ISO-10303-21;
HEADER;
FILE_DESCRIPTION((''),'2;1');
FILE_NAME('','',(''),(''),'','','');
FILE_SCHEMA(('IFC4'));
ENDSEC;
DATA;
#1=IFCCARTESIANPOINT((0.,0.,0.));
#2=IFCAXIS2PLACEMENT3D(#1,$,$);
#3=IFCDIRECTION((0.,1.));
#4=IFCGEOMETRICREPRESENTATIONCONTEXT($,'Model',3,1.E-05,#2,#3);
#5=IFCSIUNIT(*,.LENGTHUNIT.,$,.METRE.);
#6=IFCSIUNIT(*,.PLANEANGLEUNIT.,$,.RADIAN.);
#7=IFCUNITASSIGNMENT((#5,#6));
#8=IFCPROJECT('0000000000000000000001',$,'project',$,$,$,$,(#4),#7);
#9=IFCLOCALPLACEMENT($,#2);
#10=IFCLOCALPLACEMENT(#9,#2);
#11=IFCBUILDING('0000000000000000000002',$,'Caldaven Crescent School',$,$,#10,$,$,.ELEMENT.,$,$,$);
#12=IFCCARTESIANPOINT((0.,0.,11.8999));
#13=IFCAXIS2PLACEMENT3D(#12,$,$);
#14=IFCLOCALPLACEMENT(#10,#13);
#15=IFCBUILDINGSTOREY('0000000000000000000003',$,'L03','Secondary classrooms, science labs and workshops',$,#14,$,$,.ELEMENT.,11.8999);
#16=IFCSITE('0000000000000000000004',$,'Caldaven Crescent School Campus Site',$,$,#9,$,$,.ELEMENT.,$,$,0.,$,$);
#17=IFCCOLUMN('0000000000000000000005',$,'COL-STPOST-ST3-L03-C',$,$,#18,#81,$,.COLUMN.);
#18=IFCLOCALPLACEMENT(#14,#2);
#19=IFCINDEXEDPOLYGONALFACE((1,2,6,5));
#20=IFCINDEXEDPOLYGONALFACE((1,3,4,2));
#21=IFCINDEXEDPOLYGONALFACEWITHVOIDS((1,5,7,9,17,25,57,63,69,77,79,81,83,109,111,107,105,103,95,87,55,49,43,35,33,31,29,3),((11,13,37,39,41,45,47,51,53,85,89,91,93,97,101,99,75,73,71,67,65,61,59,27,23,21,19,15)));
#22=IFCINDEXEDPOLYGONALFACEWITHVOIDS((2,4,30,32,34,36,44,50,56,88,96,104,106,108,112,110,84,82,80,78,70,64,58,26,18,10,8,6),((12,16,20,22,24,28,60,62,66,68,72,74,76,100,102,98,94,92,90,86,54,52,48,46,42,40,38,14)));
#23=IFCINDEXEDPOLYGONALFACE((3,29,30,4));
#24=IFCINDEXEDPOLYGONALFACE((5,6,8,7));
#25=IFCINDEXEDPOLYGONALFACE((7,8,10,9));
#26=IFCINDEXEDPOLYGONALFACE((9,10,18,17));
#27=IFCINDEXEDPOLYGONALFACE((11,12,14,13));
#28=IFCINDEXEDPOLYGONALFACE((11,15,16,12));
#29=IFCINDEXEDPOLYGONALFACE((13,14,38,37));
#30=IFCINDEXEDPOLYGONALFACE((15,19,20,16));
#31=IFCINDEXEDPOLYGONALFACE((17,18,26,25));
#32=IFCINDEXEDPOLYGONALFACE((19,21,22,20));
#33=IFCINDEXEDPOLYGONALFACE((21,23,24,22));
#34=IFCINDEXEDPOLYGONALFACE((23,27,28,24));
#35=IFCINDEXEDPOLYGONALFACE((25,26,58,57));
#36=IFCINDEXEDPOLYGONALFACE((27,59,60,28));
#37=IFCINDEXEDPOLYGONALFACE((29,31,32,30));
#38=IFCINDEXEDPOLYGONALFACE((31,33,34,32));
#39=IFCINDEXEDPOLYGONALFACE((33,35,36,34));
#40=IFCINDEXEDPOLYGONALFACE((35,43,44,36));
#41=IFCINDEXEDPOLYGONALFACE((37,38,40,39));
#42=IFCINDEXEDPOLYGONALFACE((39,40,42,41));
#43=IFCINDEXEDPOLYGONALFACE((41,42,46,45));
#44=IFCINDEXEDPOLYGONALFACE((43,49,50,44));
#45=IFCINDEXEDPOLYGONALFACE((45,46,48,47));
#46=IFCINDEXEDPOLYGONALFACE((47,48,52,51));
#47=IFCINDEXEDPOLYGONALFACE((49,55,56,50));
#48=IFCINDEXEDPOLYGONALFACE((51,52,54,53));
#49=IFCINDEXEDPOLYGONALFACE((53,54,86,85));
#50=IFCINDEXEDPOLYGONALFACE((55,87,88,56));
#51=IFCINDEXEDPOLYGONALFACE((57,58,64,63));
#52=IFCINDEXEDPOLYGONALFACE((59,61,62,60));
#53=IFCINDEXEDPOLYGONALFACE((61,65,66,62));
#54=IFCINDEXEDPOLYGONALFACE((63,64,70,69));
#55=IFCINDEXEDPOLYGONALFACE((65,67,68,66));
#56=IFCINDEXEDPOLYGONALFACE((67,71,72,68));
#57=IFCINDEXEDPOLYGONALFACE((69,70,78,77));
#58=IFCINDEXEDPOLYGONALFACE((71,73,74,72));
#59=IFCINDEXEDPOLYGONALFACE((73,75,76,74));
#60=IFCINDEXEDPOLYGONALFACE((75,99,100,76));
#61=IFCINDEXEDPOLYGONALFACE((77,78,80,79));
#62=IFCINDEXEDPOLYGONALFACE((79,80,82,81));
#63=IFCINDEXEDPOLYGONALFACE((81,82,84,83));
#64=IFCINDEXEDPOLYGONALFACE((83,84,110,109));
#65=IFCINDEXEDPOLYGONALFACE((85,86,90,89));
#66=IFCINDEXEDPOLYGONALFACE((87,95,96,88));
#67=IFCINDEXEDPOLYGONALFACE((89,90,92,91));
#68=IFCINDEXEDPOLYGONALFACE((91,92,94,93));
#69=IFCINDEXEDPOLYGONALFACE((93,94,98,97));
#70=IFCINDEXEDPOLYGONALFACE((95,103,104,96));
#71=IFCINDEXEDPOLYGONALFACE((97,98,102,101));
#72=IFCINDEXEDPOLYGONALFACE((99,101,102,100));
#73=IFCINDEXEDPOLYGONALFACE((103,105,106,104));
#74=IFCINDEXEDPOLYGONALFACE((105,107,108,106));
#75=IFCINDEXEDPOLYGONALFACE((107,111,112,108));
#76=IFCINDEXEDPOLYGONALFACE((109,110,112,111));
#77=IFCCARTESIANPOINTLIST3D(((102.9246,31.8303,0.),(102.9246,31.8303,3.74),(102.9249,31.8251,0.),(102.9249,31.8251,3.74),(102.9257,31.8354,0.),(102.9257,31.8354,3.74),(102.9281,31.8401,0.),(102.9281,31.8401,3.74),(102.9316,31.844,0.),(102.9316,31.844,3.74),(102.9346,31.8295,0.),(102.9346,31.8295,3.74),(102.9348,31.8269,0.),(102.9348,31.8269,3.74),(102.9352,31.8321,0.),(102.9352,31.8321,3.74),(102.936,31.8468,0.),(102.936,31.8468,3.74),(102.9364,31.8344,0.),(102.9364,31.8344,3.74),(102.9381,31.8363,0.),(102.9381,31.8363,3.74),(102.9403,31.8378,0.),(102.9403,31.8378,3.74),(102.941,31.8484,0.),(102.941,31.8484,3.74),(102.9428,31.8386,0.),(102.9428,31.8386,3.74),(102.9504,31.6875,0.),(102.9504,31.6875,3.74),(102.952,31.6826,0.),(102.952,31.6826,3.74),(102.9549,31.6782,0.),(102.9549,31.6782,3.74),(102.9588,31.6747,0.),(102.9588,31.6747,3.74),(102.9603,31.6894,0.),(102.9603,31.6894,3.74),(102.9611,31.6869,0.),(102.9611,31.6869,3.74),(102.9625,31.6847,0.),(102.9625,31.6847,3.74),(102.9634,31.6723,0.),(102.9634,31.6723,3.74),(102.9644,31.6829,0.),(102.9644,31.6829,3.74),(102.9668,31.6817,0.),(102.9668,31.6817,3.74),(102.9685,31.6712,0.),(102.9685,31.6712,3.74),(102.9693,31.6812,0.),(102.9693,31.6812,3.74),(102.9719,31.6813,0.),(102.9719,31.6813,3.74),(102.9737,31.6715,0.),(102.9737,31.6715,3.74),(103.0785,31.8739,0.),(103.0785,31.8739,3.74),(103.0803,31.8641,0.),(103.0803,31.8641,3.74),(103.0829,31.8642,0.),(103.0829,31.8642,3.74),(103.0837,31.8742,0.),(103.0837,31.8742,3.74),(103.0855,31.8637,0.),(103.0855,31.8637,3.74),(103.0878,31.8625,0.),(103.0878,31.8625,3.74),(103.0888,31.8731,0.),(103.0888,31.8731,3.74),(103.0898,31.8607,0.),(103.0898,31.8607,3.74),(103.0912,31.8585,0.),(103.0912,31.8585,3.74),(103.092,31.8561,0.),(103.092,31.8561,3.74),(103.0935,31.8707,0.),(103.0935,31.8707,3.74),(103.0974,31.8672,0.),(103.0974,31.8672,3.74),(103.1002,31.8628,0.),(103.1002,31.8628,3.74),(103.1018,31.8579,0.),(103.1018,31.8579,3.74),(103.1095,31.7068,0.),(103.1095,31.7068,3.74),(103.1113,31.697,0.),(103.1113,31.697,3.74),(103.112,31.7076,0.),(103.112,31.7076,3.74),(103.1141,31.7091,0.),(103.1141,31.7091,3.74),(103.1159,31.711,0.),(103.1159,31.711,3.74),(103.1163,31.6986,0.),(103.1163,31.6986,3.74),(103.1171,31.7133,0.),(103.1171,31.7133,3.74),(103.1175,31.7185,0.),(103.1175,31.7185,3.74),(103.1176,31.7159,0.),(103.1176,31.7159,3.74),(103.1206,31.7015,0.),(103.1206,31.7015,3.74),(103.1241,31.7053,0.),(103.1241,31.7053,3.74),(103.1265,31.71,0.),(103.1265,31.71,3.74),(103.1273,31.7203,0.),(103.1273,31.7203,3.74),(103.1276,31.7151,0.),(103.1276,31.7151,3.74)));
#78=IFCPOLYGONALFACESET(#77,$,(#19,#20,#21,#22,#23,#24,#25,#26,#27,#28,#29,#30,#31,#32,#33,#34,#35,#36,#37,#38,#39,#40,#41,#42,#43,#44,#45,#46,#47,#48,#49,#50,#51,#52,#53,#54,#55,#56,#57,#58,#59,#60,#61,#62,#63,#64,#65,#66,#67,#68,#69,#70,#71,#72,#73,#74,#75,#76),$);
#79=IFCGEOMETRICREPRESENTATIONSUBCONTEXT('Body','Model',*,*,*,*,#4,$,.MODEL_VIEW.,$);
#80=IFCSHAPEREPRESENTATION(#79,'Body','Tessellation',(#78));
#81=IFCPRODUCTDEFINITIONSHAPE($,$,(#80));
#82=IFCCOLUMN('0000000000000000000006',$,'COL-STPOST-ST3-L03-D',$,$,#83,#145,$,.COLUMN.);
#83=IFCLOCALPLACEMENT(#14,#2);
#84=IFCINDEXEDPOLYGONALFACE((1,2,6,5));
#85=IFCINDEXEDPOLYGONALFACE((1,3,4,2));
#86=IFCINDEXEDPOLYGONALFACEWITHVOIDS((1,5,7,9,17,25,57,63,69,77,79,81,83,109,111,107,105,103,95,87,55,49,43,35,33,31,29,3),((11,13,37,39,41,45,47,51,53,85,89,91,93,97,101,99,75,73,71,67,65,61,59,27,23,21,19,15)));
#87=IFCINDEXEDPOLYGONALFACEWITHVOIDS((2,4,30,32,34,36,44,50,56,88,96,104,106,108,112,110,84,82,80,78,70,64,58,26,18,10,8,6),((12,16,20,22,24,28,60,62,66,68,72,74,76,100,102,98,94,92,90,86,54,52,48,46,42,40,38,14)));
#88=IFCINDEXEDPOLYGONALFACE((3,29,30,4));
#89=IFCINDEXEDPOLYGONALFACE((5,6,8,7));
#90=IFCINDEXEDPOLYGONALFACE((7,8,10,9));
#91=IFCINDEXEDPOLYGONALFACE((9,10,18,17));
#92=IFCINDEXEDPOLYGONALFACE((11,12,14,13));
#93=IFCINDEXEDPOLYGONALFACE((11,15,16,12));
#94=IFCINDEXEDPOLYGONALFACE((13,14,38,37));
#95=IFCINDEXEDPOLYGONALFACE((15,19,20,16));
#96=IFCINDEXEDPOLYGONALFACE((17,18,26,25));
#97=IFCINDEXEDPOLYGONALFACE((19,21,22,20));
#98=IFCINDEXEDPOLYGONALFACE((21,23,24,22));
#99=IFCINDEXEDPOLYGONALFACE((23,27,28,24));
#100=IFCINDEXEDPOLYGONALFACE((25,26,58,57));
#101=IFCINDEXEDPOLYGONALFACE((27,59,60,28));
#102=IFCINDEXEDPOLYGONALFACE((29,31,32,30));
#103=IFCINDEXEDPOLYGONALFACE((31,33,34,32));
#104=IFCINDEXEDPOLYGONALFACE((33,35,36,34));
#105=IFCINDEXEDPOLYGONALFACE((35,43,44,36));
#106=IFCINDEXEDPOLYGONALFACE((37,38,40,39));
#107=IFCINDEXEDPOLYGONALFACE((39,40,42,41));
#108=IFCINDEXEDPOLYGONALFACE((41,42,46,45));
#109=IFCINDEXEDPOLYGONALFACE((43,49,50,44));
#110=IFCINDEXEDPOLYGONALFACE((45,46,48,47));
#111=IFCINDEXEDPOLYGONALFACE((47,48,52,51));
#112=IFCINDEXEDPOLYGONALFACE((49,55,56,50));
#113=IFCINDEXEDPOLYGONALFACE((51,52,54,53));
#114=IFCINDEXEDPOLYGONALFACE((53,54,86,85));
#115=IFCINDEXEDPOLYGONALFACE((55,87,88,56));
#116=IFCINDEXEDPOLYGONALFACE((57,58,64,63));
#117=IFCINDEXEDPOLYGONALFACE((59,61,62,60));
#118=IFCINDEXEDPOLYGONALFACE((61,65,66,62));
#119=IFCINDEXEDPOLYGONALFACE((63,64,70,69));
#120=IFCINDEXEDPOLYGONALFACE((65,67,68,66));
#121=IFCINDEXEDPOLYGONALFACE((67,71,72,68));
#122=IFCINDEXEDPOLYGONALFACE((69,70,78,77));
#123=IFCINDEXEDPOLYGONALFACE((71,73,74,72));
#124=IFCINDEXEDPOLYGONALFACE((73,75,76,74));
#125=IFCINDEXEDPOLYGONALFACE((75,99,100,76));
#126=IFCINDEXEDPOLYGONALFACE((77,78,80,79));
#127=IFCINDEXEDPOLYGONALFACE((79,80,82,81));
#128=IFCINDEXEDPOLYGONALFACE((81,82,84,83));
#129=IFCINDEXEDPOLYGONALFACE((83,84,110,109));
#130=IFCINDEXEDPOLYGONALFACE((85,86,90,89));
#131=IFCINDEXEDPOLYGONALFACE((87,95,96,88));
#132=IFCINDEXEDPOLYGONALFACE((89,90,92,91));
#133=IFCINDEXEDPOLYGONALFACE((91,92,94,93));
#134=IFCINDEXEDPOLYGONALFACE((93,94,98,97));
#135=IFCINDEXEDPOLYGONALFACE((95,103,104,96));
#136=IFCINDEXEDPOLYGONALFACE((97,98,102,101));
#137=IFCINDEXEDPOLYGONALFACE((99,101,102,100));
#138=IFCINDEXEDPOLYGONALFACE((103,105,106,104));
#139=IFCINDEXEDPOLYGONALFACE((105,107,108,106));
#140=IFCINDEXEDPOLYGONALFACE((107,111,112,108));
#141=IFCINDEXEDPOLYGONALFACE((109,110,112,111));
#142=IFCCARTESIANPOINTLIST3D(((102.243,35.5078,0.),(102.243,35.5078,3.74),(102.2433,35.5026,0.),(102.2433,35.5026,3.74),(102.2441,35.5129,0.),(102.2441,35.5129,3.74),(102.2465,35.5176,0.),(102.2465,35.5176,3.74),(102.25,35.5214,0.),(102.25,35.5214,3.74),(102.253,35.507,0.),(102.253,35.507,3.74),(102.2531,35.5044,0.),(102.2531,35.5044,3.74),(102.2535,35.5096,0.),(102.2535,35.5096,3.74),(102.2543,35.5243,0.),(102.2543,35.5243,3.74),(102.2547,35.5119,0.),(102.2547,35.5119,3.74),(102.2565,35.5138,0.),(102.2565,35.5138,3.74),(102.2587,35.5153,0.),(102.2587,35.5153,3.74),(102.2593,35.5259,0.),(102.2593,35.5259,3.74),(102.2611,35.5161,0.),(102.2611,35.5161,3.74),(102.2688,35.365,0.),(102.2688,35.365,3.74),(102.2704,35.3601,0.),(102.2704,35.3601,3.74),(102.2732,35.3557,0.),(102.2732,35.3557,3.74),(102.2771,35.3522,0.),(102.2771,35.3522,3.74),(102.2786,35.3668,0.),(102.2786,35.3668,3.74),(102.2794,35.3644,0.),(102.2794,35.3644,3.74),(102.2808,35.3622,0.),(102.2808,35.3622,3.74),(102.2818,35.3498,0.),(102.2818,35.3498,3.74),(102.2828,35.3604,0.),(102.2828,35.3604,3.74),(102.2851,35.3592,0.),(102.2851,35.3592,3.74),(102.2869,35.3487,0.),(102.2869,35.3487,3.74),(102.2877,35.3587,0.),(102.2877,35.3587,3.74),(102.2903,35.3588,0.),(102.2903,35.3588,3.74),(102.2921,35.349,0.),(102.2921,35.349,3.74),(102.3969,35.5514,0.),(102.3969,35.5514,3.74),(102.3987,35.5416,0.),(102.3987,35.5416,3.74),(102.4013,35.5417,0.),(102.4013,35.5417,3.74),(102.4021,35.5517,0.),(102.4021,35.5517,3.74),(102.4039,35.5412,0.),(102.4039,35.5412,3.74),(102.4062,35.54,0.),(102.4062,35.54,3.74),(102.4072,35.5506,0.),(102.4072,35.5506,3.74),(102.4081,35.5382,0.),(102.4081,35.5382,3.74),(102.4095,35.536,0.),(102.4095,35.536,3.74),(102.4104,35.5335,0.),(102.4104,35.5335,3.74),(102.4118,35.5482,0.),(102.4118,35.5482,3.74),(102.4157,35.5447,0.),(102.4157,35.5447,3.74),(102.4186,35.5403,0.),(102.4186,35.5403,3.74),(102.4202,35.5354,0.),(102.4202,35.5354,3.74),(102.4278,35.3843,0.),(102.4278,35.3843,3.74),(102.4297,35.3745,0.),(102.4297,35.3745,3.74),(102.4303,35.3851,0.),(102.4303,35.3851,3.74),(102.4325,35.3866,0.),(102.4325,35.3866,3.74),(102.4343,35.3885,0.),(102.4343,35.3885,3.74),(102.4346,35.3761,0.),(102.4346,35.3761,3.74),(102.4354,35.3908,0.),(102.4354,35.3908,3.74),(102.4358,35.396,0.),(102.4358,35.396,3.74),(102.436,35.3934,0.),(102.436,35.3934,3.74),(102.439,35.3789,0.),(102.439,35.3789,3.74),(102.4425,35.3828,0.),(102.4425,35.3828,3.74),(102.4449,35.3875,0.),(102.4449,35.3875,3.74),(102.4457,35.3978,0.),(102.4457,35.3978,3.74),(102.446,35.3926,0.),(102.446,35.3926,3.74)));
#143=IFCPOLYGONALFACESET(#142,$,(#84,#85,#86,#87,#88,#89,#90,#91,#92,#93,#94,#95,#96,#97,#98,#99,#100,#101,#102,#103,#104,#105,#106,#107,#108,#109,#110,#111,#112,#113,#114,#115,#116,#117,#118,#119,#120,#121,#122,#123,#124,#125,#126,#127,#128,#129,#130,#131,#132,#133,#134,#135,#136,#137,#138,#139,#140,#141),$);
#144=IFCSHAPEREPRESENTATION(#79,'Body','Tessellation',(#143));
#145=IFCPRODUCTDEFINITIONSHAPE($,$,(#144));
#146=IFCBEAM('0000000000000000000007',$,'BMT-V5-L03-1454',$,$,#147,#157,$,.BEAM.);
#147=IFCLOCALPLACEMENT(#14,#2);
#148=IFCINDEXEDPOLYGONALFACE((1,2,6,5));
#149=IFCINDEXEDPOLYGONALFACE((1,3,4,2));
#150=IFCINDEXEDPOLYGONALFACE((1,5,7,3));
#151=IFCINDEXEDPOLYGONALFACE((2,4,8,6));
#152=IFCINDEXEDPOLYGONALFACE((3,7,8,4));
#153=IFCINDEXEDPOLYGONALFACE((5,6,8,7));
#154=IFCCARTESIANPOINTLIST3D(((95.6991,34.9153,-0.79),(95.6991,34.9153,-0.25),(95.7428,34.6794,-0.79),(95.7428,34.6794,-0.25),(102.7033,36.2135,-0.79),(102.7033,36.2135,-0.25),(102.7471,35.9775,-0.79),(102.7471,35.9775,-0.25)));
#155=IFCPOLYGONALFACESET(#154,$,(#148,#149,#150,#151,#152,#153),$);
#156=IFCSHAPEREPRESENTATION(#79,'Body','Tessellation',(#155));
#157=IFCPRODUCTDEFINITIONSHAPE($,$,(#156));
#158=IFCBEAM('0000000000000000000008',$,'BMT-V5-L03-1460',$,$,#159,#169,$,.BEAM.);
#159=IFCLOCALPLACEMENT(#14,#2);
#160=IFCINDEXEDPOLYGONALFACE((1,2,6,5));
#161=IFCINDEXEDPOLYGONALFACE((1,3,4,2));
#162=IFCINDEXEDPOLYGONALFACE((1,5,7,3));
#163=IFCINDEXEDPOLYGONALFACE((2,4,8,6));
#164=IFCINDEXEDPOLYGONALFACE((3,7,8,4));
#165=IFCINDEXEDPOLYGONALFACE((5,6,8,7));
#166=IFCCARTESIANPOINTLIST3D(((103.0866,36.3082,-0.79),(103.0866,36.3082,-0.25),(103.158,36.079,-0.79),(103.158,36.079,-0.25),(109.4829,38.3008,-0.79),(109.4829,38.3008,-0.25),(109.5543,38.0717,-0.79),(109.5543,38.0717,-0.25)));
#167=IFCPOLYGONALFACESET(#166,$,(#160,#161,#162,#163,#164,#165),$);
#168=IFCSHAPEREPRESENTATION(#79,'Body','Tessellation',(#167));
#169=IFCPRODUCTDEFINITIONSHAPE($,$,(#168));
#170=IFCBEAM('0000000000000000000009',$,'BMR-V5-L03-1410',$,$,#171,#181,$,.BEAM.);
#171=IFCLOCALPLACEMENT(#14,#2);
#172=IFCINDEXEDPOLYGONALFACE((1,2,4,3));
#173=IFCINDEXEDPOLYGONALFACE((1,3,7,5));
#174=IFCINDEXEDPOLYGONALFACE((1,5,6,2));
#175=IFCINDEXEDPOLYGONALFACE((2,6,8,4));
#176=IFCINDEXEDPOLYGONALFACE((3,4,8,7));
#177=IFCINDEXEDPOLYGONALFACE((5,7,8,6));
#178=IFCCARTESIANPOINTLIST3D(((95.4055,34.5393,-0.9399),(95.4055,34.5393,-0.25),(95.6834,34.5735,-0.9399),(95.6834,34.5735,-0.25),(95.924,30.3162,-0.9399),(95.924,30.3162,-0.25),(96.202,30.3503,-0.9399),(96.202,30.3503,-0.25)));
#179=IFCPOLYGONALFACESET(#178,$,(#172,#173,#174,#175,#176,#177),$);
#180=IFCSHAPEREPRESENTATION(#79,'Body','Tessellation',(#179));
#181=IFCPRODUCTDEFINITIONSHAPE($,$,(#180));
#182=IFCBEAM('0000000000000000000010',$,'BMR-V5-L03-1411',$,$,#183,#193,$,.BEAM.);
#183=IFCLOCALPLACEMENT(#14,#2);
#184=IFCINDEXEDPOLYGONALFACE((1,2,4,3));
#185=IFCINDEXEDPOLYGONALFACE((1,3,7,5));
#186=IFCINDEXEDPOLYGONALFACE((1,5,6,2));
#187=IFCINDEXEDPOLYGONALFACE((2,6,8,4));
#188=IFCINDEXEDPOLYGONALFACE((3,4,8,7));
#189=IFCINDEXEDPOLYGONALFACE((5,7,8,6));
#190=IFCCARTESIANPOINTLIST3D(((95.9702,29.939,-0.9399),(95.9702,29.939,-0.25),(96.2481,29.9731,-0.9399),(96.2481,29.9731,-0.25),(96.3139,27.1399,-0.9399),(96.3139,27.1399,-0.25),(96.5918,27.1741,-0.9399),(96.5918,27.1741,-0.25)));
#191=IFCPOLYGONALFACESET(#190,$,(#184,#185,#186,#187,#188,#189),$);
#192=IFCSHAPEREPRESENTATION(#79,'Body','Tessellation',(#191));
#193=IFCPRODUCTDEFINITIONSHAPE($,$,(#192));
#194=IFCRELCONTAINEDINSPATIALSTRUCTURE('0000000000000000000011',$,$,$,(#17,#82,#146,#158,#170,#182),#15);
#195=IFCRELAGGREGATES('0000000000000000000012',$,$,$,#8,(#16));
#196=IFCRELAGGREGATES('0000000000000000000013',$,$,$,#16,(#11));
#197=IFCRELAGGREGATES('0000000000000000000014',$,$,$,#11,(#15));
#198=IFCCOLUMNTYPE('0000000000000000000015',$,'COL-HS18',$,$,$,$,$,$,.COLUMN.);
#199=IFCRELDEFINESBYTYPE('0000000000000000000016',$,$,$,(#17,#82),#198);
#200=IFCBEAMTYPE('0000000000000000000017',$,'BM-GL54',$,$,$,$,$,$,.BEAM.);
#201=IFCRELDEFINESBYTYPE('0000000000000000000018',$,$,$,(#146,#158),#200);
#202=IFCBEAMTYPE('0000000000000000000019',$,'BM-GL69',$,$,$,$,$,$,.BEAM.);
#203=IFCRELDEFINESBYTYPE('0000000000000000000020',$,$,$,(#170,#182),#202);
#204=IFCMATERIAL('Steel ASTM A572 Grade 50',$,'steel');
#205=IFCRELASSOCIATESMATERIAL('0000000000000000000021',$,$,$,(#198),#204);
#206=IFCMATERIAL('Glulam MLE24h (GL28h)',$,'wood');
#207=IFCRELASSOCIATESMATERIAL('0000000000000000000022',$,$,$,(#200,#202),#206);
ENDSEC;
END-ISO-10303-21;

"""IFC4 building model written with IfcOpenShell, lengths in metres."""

from ifc_helpers import new_model, si_unit, direction, frame, origin, origin_2d, place, context, subcontext, project, spatial, rectangle, hollow_rectangle, extrude, material, material_profile, profile_set, type_object, element, save


model = new_model("IFC4")

# Units and contexts
model_context = context("Model", 3, precision=1e-05, world=origin(), true_north=direction((0.0, 1.0)))
body_context = subcontext(model_context, "Body", "Model", "MODEL_VIEW")
ifc_project = project(units=[si_unit("LENGTHUNIT", "METRE"), si_unit("PLANEANGLEUNIT", "RADIAN")], contexts=[model_context])

# Site, building, storey
site_placement = place(None, origin())
site = spatial("IfcSite", under=ifc_project, at=site_placement, Name="Caldaven Crescent School Campus Site", CompositionType="ELEMENT", RefElevation=0.0)
building_placement = place(site_placement, origin())
building = spatial("IfcBuilding", under=site, at=building_placement, Name="Caldaven Crescent School", CompositionType="ELEMENT")
storey_placement = place(building_placement, frame((0.0, 0.0, 11.8999)))
storey = spatial("IfcBuildingStorey", under=building, at=storey_placement, Name="L03", Description="Secondary classrooms, science labs and workshops", CompositionType="ELEMENT", Elevation=11.8999)

# Columns
ifc_material_1 = material(Name="Glulam MLE24h (GL28h)", Category="wood")
ifc_material_2 = material(Name="Steel ASTM A572 Grade 50", Category="steel")
ifc_material_profile_1 = material_profile(ifc_material_2, hollow_rectangle(XDim=0.1799, YDim=0.1799, WallThickness=0.01, InnerFilletRadius=0.01, OuterFilletRadius=0.02, at=origin_2d()), Name="HSS 180x180x10")
ifc_profile_set_1 = profile_set([ifc_material_profile_1], Name="Steel ASTM A572 Grade 50")
column_type_1 = type_object("IfcColumnType", Name="COL-HS18", PredefinedType="COLUMN", material=ifc_profile_set_1)
for number, where, z_axis, x_axis, name in (
    (1, (103.0261, 31.7727, 0.0), (0.0, 0.0, 1.0), (0.983255, 0.182236, 0.0), "COL-STPOST-ST3-L03-C"),
    (2, (102.3445, 35.4502, 0.0), (0.0, 0.0, 1.0), (0.983255, 0.182236, 0.0), "COL-STPOST-ST3-L03-D"),
):
    element("IfcColumn", number, at=place(storey_placement, frame(where, z_axis=z_axis, x_axis=x_axis)), inside=storey, type_object=column_type_1, Name=name, PredefinedType="COLUMN", context=body_context, shape_type="SweptSolid", body=[
        extrude(hollow_rectangle(XDim=0.1799, YDim=0.1799, WallThickness=0.01, InnerFilletRadius=0.01, OuterFilletRadius=0.02, at=origin_2d()), origin(), (0.0, 0.0, 1.0), 3.74),
    ])

# Beams
ifc_material_profile_2 = material_profile(ifc_material_1, rectangle(XDim=0.24, YDim=0.54, at=origin_2d()), Name="MLE 240x540")
ifc_profile_set_2 = profile_set([ifc_material_profile_2], Name="Glulam MLE24h (GL28h)")
beam_type_1 = type_object("IfcBeamType", Name="BM-GL54", PredefinedType="BEAM", material=ifc_profile_set_2)
beam_1_placement = place(storey_placement, frame((95.7209, 34.7974, -0.52), z_axis=(0.983256, 0.182229, 0.0), x_axis=(-0.182229, 0.983256, 0.0)))
element("IfcBeam", 3, at=beam_1_placement, inside=storey, type_object=beam_type_1, Name="BMT-V5-L03-1454", PredefinedType="BEAM", context=body_context, shape_type="SweptSolid", body=[
    extrude(rectangle(XDim=0.24, YDim=0.54, at=origin_2d()), origin(), (0.0, 0.0, 1.0), 7.1235),
])
beam_2_placement = place(storey_placement, frame((103.1223, 36.1936, -0.52), z_axis=(0.954741, 0.297439, 0.0), x_axis=(-0.297439, 0.954741, 0.0)))
element("IfcBeam", 4, at=beam_2_placement, inside=storey, type_object=beam_type_1, Name="BMT-V5-L03-1460", PredefinedType="BEAM", context=body_context, shape_type="SweptSolid", body=[
    extrude(rectangle(XDim=0.24, YDim=0.54, at=origin_2d()), origin(), (0.0, 0.0, 1.0), 6.6995),
])
ifc_material_profile_3 = material_profile(ifc_material_1, rectangle(XDim=0.28, YDim=0.6899, at=origin_2d()), Name="MLE 280x690")
ifc_profile_set_3 = profile_set([ifc_material_profile_3], Name="Glulam MLE24h (GL28h)")
beam_type_2 = type_object("IfcBeamType", Name="BM-GL69", PredefinedType="BEAM", material=ifc_profile_set_3)
beam_3_placement = place(storey_placement, frame((95.5444, 34.5564, -0.595), z_axis=(0.121873, -0.992546, 0.0), x_axis=(0.992546, 0.121873, 0.0)))
element("IfcBeam", 5, at=beam_3_placement, inside=storey, type_object=beam_type_2, Name="BMR-V5-L03-1410", PredefinedType="BEAM", context=body_context, shape_type="SweptSolid", body=[
    extrude(rectangle(XDim=0.28, YDim=0.6899, at=origin_2d()), origin(), (0.0, 0.0, 1.0), 4.2549),
])
beam_4_placement = place(storey_placement, frame((96.1091, 29.9561, -0.595), z_axis=(0.121893, -0.992543, 0.0), x_axis=(0.992543, 0.121893, 0.0)))
element("IfcBeam", 6, at=beam_4_placement, inside=storey, type_object=beam_type_2, Name="BMR-V5-L03-1411", PredefinedType="BEAM", context=body_context, shape_type="SweptSolid", body=[
    extrude(rectangle(XDim=0.28, YDim=0.6899, at=origin_2d()), origin(), (0.0, 0.0, 1.0), 2.8201),
])

save(model, "model.ifc")
